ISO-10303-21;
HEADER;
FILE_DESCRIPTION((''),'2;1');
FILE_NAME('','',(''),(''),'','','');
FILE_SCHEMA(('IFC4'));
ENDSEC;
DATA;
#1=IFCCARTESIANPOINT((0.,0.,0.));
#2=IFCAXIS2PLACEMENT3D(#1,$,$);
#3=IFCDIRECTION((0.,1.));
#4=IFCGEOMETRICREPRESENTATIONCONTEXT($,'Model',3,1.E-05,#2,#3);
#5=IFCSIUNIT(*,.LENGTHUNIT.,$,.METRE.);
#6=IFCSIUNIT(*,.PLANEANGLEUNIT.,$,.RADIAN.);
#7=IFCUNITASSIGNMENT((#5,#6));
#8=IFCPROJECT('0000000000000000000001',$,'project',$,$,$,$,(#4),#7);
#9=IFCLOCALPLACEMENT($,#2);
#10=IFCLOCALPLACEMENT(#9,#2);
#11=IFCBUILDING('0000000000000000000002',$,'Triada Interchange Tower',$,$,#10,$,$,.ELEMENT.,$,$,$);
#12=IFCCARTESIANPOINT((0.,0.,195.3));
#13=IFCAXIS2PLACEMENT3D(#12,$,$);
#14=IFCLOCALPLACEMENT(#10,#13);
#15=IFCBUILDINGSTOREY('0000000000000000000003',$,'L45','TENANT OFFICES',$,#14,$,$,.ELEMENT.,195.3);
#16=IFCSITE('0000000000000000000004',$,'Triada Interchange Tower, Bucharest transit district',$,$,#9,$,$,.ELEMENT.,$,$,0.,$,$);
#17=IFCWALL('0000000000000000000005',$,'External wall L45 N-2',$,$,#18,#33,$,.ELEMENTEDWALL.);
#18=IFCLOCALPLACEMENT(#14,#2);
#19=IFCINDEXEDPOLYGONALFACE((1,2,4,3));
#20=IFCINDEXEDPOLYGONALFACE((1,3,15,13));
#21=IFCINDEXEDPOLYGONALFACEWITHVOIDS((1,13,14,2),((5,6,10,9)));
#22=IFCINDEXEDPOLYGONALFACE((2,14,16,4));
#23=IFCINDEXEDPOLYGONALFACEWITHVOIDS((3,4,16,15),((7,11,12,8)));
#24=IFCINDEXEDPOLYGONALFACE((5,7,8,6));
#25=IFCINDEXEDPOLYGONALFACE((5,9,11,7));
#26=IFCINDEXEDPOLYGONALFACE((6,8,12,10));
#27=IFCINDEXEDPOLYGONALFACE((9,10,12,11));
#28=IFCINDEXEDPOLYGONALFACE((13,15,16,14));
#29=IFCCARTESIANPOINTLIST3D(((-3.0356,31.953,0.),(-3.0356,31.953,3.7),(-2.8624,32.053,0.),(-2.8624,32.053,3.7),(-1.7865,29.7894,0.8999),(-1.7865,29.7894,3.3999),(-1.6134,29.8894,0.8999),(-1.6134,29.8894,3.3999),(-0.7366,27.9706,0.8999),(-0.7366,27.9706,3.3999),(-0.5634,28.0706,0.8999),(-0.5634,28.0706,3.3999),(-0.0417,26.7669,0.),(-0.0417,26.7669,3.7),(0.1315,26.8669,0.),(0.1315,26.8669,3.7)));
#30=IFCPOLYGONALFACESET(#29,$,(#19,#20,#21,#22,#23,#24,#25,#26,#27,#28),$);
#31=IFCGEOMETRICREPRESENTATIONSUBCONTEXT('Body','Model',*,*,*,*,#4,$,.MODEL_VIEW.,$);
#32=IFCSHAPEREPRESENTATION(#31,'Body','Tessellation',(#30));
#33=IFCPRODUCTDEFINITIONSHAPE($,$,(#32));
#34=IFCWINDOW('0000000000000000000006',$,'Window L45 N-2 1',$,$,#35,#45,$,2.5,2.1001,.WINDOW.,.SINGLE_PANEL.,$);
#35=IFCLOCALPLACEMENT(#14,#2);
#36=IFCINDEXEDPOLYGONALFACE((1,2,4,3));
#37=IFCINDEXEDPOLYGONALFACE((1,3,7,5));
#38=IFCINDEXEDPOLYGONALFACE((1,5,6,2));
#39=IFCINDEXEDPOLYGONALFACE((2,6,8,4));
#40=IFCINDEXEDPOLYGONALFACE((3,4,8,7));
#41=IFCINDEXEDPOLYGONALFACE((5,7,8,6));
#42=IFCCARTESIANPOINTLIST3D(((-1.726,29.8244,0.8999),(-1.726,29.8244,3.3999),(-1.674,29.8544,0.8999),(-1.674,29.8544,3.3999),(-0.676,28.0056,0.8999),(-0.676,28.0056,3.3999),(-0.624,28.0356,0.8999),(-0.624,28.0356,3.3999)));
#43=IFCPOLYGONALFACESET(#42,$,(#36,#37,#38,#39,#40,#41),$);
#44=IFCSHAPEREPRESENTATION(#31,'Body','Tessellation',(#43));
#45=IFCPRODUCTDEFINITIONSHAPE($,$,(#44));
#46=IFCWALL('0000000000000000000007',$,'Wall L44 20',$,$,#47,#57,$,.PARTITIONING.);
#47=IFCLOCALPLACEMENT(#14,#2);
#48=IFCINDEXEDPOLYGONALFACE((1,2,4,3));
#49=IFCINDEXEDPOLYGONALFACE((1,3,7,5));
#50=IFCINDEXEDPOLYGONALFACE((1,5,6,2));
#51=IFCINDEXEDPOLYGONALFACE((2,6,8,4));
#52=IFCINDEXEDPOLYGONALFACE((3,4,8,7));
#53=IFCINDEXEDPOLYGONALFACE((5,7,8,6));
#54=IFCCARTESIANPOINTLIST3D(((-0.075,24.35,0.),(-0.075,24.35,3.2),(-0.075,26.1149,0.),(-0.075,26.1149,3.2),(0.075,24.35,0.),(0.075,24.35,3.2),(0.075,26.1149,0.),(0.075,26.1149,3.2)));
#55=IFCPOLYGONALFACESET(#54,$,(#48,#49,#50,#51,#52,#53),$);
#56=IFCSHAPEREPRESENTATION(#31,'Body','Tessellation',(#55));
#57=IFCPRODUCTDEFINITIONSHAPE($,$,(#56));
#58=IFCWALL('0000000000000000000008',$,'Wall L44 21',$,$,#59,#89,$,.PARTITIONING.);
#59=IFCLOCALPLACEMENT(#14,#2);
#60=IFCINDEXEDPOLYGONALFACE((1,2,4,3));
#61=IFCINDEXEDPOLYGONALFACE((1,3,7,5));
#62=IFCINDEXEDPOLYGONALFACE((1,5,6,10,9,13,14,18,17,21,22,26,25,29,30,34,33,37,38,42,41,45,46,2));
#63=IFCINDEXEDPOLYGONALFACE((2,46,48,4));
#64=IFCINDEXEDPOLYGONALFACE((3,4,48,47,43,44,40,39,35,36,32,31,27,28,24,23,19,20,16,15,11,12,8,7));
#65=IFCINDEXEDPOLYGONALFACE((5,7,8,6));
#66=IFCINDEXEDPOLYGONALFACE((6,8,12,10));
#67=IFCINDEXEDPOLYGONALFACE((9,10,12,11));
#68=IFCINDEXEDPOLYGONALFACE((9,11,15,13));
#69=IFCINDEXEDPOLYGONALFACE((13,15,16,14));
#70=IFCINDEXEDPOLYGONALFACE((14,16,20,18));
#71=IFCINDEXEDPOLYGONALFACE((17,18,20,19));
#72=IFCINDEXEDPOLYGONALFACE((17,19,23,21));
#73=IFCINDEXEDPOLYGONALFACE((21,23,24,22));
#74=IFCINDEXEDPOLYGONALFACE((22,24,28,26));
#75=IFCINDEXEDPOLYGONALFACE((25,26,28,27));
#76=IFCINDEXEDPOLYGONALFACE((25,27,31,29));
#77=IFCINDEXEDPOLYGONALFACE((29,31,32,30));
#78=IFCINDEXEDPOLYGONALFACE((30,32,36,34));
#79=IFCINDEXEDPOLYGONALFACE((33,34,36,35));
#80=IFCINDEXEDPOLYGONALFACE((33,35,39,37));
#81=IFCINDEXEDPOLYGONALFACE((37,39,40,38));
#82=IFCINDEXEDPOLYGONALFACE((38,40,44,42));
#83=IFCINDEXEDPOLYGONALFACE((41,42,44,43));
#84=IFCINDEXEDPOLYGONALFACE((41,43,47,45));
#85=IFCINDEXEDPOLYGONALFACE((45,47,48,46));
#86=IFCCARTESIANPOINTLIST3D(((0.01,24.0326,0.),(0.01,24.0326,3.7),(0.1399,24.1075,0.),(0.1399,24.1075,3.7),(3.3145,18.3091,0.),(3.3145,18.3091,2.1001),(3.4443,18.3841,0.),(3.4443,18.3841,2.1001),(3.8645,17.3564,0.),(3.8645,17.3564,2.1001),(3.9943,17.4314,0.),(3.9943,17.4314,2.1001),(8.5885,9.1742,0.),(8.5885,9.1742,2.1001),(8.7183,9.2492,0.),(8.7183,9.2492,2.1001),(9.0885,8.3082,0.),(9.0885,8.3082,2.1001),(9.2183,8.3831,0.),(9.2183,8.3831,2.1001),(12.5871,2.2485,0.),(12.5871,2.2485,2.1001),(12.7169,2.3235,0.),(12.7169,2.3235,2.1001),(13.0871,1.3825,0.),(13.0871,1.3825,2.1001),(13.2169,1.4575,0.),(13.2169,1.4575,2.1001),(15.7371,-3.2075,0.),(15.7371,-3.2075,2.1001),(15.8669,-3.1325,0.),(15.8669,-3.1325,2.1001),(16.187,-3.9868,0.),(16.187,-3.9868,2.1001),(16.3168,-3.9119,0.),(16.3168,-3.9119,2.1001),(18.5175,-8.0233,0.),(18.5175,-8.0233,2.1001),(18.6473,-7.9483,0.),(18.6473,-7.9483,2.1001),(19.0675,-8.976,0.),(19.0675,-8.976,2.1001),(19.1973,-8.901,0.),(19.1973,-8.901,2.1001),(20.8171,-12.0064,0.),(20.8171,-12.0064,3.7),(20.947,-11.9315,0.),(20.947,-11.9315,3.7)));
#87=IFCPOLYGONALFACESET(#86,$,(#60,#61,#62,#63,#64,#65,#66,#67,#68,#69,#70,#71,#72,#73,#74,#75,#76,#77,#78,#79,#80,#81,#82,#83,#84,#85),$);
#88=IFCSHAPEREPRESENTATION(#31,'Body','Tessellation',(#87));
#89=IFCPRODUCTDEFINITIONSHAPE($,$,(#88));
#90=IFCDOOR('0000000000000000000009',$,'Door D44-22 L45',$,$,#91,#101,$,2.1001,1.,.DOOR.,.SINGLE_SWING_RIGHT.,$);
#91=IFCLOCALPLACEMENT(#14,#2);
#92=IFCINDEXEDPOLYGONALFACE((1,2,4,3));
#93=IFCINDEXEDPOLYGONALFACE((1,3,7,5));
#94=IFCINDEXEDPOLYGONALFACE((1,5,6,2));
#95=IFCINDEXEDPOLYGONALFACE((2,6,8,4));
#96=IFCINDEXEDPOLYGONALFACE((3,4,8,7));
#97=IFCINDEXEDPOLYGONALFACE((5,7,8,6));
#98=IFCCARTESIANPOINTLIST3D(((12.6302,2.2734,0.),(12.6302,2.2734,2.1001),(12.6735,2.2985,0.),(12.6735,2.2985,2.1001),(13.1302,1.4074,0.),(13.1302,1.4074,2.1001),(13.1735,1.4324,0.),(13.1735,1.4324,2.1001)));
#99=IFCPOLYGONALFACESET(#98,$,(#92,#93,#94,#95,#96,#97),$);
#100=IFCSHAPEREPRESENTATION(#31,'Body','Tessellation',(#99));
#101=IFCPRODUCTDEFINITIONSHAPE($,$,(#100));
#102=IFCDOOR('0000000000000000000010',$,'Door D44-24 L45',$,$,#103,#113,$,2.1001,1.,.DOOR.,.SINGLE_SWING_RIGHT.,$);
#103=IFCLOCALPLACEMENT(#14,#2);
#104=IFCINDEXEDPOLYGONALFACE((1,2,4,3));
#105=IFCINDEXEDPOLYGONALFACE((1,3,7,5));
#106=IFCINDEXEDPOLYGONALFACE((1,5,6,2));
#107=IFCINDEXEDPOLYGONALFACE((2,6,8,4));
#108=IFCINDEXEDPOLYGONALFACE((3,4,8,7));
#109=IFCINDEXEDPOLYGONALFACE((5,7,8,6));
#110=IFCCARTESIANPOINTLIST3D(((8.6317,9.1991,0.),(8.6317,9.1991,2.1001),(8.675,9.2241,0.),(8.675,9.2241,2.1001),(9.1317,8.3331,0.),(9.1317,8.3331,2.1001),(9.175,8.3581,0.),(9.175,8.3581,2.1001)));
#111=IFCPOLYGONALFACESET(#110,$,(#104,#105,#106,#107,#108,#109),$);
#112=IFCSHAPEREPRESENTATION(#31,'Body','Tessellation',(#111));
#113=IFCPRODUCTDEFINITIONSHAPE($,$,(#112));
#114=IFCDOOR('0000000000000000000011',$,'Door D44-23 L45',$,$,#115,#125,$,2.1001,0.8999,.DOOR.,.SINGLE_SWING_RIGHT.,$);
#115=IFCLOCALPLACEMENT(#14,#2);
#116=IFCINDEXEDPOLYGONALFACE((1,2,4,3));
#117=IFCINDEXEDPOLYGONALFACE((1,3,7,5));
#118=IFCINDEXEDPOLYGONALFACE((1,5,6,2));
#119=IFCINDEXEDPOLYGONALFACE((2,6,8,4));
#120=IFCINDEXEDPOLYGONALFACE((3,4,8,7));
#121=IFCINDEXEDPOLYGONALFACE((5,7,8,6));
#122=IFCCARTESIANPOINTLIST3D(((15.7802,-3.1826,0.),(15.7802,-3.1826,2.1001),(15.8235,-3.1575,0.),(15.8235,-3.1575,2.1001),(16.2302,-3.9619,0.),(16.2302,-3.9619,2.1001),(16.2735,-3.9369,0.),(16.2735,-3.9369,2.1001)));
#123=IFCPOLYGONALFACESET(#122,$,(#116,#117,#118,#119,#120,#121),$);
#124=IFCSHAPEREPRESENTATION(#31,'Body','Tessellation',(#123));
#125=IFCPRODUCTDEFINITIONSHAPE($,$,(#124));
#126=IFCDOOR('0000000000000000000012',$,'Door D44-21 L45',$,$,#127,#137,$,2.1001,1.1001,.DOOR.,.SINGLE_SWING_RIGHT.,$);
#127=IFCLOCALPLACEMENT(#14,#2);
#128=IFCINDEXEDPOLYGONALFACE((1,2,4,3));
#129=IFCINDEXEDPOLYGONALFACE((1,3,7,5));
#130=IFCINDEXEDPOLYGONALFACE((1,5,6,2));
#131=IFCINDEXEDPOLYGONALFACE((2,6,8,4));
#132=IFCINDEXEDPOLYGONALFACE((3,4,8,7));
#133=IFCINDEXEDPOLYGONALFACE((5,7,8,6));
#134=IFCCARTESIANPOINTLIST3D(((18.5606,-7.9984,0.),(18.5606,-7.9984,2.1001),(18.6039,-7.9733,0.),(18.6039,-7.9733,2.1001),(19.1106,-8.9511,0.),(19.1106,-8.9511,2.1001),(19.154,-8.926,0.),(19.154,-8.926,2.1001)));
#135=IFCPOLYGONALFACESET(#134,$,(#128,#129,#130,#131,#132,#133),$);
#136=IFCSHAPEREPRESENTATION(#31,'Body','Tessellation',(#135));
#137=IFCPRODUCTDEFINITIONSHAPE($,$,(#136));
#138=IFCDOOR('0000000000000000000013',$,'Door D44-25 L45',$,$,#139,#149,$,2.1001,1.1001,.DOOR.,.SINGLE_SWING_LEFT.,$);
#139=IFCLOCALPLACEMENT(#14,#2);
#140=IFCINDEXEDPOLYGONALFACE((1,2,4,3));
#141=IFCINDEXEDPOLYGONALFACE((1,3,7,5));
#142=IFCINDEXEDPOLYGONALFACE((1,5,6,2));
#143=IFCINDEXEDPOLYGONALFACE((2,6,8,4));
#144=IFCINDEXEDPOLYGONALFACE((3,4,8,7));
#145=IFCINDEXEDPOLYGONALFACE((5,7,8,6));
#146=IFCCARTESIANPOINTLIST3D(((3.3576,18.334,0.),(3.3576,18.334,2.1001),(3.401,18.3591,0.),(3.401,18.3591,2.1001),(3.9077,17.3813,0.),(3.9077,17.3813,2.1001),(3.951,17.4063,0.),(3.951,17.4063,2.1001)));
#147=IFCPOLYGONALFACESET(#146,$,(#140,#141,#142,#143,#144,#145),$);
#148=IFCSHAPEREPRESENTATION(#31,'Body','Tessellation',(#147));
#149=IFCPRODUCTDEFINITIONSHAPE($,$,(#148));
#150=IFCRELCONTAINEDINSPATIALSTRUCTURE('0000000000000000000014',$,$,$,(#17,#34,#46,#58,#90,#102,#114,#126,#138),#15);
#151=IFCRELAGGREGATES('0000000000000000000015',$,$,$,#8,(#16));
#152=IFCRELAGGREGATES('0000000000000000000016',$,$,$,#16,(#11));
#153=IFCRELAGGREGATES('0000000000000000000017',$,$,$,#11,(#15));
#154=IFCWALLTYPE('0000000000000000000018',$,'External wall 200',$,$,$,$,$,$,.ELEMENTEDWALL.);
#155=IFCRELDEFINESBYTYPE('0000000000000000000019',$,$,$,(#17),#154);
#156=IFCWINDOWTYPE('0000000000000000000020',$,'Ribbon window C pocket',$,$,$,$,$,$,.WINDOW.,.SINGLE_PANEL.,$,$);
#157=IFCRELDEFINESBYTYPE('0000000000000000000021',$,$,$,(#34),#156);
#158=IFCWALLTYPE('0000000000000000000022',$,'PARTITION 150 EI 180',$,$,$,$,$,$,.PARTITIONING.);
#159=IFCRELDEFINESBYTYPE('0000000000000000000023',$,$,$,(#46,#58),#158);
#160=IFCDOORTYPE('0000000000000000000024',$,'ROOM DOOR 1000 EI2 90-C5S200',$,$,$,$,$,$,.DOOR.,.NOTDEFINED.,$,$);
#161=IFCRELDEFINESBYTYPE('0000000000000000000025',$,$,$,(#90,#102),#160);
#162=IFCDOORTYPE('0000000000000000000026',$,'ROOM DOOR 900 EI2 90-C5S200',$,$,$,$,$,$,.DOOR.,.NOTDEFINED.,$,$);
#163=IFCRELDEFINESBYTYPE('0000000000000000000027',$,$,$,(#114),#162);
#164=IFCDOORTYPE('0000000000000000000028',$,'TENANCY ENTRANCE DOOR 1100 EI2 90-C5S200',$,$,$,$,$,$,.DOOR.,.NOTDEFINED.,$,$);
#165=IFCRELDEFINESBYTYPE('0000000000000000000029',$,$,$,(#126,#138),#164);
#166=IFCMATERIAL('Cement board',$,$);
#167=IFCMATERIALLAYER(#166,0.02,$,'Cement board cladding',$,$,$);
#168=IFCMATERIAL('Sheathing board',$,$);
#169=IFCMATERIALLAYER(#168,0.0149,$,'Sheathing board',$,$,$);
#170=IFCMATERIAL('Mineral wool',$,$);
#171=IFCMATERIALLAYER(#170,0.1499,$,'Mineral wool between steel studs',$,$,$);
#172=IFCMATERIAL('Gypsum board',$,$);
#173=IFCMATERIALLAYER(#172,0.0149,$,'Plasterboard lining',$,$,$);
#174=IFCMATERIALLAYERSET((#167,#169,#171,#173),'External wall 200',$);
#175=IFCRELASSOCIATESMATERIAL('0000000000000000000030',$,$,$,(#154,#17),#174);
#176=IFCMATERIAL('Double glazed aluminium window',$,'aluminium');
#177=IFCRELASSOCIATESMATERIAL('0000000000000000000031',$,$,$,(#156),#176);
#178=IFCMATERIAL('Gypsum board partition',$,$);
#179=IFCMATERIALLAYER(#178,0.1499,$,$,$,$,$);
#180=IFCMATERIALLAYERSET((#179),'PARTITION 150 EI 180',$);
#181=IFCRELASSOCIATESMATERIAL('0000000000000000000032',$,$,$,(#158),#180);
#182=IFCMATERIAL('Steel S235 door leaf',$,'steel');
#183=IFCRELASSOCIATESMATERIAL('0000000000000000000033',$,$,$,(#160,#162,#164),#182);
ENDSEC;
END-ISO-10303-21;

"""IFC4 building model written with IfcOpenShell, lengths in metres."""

from ifc_helpers import new_model, si_unit, direction, frame, frame_2d, origin, place, context, subcontext, project, spatial, rectangle, extrude, material, layer, layer_set, layer_usage, type_object, element, fill, save


model = new_model("IFC4")

# Units and contexts
model_context = context("Model", 3, precision=1e-05, world=origin(), true_north=direction((0.0, 1.0)))
body_context = subcontext(model_context, "Body", "Model", "MODEL_VIEW")
ifc_project = project(units=[si_unit("LENGTHUNIT", "METRE"), si_unit("PLANEANGLEUNIT", "RADIAN")], contexts=[model_context])

# Site, building, storey
site_placement = place(None, origin())
site = spatial("IfcSite", under=ifc_project, at=site_placement, Name="Triada Interchange Tower, Bucharest transit district", CompositionType="ELEMENT", RefElevation=0.0)
building_placement = place(site_placement, origin())
building = spatial("IfcBuilding", under=site, at=building_placement, Name="Triada Interchange Tower", CompositionType="ELEMENT")
storey_placement = place(building_placement, frame((0.0, 0.0, 195.3)))
storey = spatial("IfcBuildingStorey", under=building, at=storey_placement, Name="L45", Description="TENANT OFFICES", CompositionType="ELEMENT", Elevation=195.3)

# Wall, opening, window
ifc_material_1 = material(Name="Cement board")
ifc_layer_1 = layer(ifc_material_1, 0.02, Name="Cement board cladding")
ifc_material_2 = material(Name="Sheathing board")
ifc_layer_2 = layer(ifc_material_2, 0.0149, Name="Sheathing board")
ifc_material_3 = material(Name="Mineral wool")
ifc_layer_3 = layer(ifc_material_3, 0.1499, Name="Mineral wool between steel studs")
ifc_material_4 = material(Name="Gypsum board")
ifc_layer_4 = layer(ifc_material_4, 0.0149, Name="Plasterboard lining")
ifc_layer_set_1 = layer_set([ifc_layer_1, ifc_layer_2, ifc_layer_3, ifc_layer_4], Name="External wall 200")
ifc_layer_usage = layer_usage(ifc_layer_set_1, "AXIS2", "POSITIVE", -0.1001)
wall_type_1 = type_object("IfcWallType", Name="External wall 200", PredefinedType="ELEMENTEDWALL", material=ifc_layer_set_1)
ifc_material_5 = material(Name="Double glazed aluminium window", Category="aluminium")
window_type = type_object("IfcWindowType", Name="Ribbon window C pocket", PartitioningType="SINGLE_PANEL", PredefinedType="WINDOW", material=ifc_material_5)
wall_1_placement = place(storey_placement, frame((0.0449, 26.8169, 0.0), z_axis=(0.0, 0.0, 1.0), x_axis=(-0.499967, 0.866044, 0.0)))
wall_1 = element("IfcWall", 1, at=wall_1_placement, inside=storey, type_object=wall_type_1, material=ifc_layer_usage, Name="External wall L45 N-2", PredefinedType="ELEMENTEDWALL", context=body_context, shape_type="SweptSolid", body=[
    extrude(rectangle(XDim=5.9883, YDim=0.2, at=frame_2d((2.9941, 0.0))), origin(), (0.0, 0.0, 1.0), 3.7),
])
opening_1_placement = place(wall_1_placement, frame((1.3899, 0.0, 0.8999)))
opening_1 = element("IfcOpeningElement", 2, at=opening_1_placement, cuts=wall_1, PredefinedType="OPENING", context=body_context, shape_type="SweptSolid", body=[
    extrude(rectangle(XDim=2.1001, YDim=2.5, at=frame_2d((1.05, 1.25))), frame((0.0, 0.1099, 0.0), z_axis=(0.0, -1.0, 0.0), x_axis=(1.0, 0.0, 0.0)), (0.0, 0.0, 1.0), 0.22),
])
window_1_placement = place(opening_1_placement, origin())
window_1 = element("IfcWindow", 3, at=window_1_placement, inside=storey, type_object=window_type, Name="Window L45 N-2 1", OverallHeight=2.5, OverallWidth=2.1001, PartitioningType="SINGLE_PANEL", PredefinedType="WINDOW", context=body_context, shape_type="SweptSolid", body=[
    extrude(rectangle(XDim=2.1001, YDim=2.5, at=frame_2d((1.05, 1.25))), frame((0.0, 0.03, 0.0), z_axis=(0.0, -1.0, 0.0), x_axis=(1.0, 0.0, 0.0)), (0.0, 0.0, 1.0), 0.0601),
])
fill(opening_1, window_1)

# Wall
ifc_material_6 = material(Name="Gypsum board partition")
ifc_layer_5 = layer(ifc_material_6, 0.1499)
ifc_layer_set_2 = layer_set([ifc_layer_5], Name="PARTITION 150 EI 180")
wall_type_2 = type_object("IfcWallType", Name="PARTITION 150 EI 180", PredefinedType="PARTITIONING", material=ifc_layer_set_2)
wall_2_placement = place(storey_placement, frame((0.0, 24.3501, 0.0), z_axis=(0.0, 0.0, 1.0), x_axis=(0.0, 1.0, 0.0)))
element("IfcWall", 4, at=wall_2_placement, inside=storey, type_object=wall_type_2, Name="Wall L44 20", PredefinedType="PARTITIONING", context=body_context, shape_type="SweptSolid", body=[
    extrude(rectangle(XDim=1.7649, YDim=0.1499, at=frame_2d((0.8823, 0.0))), origin(), (0.0, 0.0, 1.0), 3.2),
])

# Wall, openings, doors
wall_3_placement = place(storey_placement, frame((0.075, 24.0701, 0.0), z_axis=(0.0, 0.0, 1.0), x_axis=(0.499999, -0.866026, 0.0)))
wall_3 = element("IfcWall", 5, at=wall_3_placement, inside=storey, type_object=wall_type_2, Name="Wall L44 21", PredefinedType="PARTITIONING", context=body_context, shape_type="SweptSolid", body=[
    extrude(rectangle(XDim=41.6143, YDim=0.1499, at=frame_2d((20.8071, 0.0))), origin(), (0.0, 0.0, 1.0), 3.7),
])
opening_2_placement = place(wall_3_placement, frame((37.0149, 0.0, 0.0)))
opening_2 = element("IfcOpeningElement", 6, at=opening_2_placement, cuts=wall_3, PredefinedType="OPENING", context=body_context, shape_type="SweptSolid", body=[
    extrude(rectangle(XDim=1.1001, YDim=2.1001, at=frame_2d((0.55, 1.05))), frame((0.0, 0.085, 0.0), z_axis=(0.0, -1.0, 0.0), x_axis=(1.0, 0.0, 0.0)), (0.0, 0.0, 1.0), 0.1699),
])
opening_3_placement = place(wall_3_placement, frame((25.1541, 0.0, 0.0)))
opening_3 = element("IfcOpeningElement", 7, at=opening_3_placement, cuts=wall_3, PredefinedType="OPENING", context=body_context, shape_type="SweptSolid", body=[
    extrude(rectangle(XDim=1.0, YDim=2.1001, at=frame_2d((0.5, 1.05))), frame((0.0, 0.085, 0.0), z_axis=(0.0, -1.0, 0.0), x_axis=(1.0, 0.0, 0.0)), (0.0, 0.0, 1.0), 0.1699),
])
opening_4_placement = place(wall_3_placement, frame((31.4541, 0.0, 0.0)))
opening_4 = element("IfcOpeningElement", 8, at=opening_4_placement, cuts=wall_3, PredefinedType="OPENING", context=body_context, shape_type="SweptSolid", body=[
    extrude(rectangle(XDim=0.8999, YDim=2.1001, at=frame_2d((0.45, 1.05))), frame((0.0, 0.085, 0.0), z_axis=(0.0, -1.0, 0.0), x_axis=(1.0, 0.0, 0.0)), (0.0, 0.0, 1.0), 0.1699),
])
opening_5_placement = place(wall_3_placement, frame((17.157, 0.0, 0.0)))
opening_5 = element("IfcOpeningElement", 9, at=opening_5_placement, cuts=wall_3, PredefinedType="OPENING", context=body_context, shape_type="SweptSolid", body=[
    extrude(rectangle(XDim=1.0, YDim=2.1001, at=frame_2d((0.5, 1.05))), frame((0.0, 0.085, 0.0), z_axis=(0.0, -1.0, 0.0), x_axis=(1.0, 0.0, 0.0)), (0.0, 0.0, 1.0), 0.1699),
])
opening_6_placement = place(wall_3_placement, frame((6.6089, 0.0, 0.0)))
opening_6 = element("IfcOpeningElement", 10, at=opening_6_placement, cuts=wall_3, PredefinedType="OPENING", context=body_context, shape_type="SweptSolid", body=[
    extrude(rectangle(XDim=1.1001, YDim=2.1001, at=frame_2d((0.55, 1.05))), frame((0.0, 0.085, 0.0), z_axis=(0.0, -1.0, 0.0), x_axis=(1.0, 0.0, 0.0)), (0.0, 0.0, 1.0), 0.1699),
])
ifc_material_7 = material(Name="Steel S235 door leaf", Category="steel")
door_type_1 = type_object("IfcDoorType", Name="ROOM DOOR 1000 EI2 90-C5S200", OperationType="NOTDEFINED", PredefinedType="DOOR", material=ifc_material_7)
door_1_placement = place(opening_3_placement, origin())
door_1 = element("IfcDoor", 11, at=door_1_placement, inside=storey, type_object=door_type_1, Name="Door D44-22 L45", OperationType="SINGLE_SWING_RIGHT", OverallHeight=2.1001, OverallWidth=1.0, PredefinedType="DOOR", context=body_context, shape_type="SweptSolid", body=[
    extrude(rectangle(XDim=1.0, YDim=2.1001, at=frame_2d((0.5, 1.05))), frame((0.0, 0.0249, 0.0), z_axis=(0.0, -1.0, 0.0), x_axis=(1.0, 0.0, 0.0)), (0.0, 0.0, 1.0), 0.05),
])
fill(opening_3, door_1)
door_2_placement = place(opening_5_placement, origin())
door_2 = element("IfcDoor", 12, at=door_2_placement, inside=storey, type_object=door_type_1, Name="Door D44-24 L45", OperationType="SINGLE_SWING_RIGHT", OverallHeight=2.1001, OverallWidth=1.0, PredefinedType="DOOR", context=body_context, shape_type="SweptSolid", body=[
    extrude(rectangle(XDim=1.0, YDim=2.1001, at=frame_2d((0.5, 1.05))), frame((0.0, 0.0249, 0.0), z_axis=(0.0, -1.0, 0.0), x_axis=(1.0, 0.0, 0.0)), (0.0, 0.0, 1.0), 0.05),
])
fill(opening_5, door_2)
door_type_2 = type_object("IfcDoorType", Name="ROOM DOOR 900 EI2 90-C5S200", OperationType="NOTDEFINED", PredefinedType="DOOR", material=ifc_material_7)
door_3_placement = place(opening_4_placement, origin())
door_3 = element("IfcDoor", 13, at=door_3_placement, inside=storey, type_object=door_type_2, Name="Door D44-23 L45", OperationType="SINGLE_SWING_RIGHT", OverallHeight=2.1001, OverallWidth=0.8999, PredefinedType="DOOR", context=body_context, shape_type="SweptSolid", body=[
    extrude(rectangle(XDim=0.8999, YDim=2.1001, at=frame_2d((0.45, 1.05))), frame((0.0, 0.0249, 0.0), z_axis=(0.0, -1.0, 0.0), x_axis=(1.0, 0.0, 0.0)), (0.0, 0.0, 1.0), 0.05),
])
fill(opening_4, door_3)
door_type_3 = type_object("IfcDoorType", Name="TENANCY ENTRANCE DOOR 1100 EI2 90-C5S200", OperationType="NOTDEFINED", PredefinedType="DOOR", material=ifc_material_7)
door_4_placement = place(opening_2_placement, origin())
door_4 = element("IfcDoor", 14, at=door_4_placement, inside=storey, type_object=door_type_3, Name="Door D44-21 L45", OperationType="SINGLE_SWING_RIGHT", OverallHeight=2.1001, OverallWidth=1.1001, PredefinedType="DOOR", context=body_context, shape_type="SweptSolid", body=[
    extrude(rectangle(XDim=1.1001, YDim=2.1001, at=frame_2d((0.55, 1.05))), frame((0.0, 0.0249, 0.0), z_axis=(0.0, -1.0, 0.0), x_axis=(1.0, 0.0, 0.0)), (0.0, 0.0, 1.0), 0.05),
])
fill(opening_2, door_4)
door_5_placement = place(opening_6_placement, origin())
door_5 = element("IfcDoor", 15, at=door_5_placement, inside=storey, type_object=door_type_3, Name="Door D44-25 L45", OperationType="SINGLE_SWING_LEFT", OverallHeight=2.1001, OverallWidth=1.1001, PredefinedType="DOOR", context=body_context, shape_type="SweptSolid", body=[
    extrude(rectangle(XDim=1.1001, YDim=2.1001, at=frame_2d((0.55, 1.05))), frame((0.0, 0.0249, 0.0), z_axis=(0.0, -1.0, 0.0), x_axis=(1.0, 0.0, 0.0)), (0.0, 0.0, 1.0), 0.05),
])
fill(opening_6, door_5)

save(model, "model.ifc")
